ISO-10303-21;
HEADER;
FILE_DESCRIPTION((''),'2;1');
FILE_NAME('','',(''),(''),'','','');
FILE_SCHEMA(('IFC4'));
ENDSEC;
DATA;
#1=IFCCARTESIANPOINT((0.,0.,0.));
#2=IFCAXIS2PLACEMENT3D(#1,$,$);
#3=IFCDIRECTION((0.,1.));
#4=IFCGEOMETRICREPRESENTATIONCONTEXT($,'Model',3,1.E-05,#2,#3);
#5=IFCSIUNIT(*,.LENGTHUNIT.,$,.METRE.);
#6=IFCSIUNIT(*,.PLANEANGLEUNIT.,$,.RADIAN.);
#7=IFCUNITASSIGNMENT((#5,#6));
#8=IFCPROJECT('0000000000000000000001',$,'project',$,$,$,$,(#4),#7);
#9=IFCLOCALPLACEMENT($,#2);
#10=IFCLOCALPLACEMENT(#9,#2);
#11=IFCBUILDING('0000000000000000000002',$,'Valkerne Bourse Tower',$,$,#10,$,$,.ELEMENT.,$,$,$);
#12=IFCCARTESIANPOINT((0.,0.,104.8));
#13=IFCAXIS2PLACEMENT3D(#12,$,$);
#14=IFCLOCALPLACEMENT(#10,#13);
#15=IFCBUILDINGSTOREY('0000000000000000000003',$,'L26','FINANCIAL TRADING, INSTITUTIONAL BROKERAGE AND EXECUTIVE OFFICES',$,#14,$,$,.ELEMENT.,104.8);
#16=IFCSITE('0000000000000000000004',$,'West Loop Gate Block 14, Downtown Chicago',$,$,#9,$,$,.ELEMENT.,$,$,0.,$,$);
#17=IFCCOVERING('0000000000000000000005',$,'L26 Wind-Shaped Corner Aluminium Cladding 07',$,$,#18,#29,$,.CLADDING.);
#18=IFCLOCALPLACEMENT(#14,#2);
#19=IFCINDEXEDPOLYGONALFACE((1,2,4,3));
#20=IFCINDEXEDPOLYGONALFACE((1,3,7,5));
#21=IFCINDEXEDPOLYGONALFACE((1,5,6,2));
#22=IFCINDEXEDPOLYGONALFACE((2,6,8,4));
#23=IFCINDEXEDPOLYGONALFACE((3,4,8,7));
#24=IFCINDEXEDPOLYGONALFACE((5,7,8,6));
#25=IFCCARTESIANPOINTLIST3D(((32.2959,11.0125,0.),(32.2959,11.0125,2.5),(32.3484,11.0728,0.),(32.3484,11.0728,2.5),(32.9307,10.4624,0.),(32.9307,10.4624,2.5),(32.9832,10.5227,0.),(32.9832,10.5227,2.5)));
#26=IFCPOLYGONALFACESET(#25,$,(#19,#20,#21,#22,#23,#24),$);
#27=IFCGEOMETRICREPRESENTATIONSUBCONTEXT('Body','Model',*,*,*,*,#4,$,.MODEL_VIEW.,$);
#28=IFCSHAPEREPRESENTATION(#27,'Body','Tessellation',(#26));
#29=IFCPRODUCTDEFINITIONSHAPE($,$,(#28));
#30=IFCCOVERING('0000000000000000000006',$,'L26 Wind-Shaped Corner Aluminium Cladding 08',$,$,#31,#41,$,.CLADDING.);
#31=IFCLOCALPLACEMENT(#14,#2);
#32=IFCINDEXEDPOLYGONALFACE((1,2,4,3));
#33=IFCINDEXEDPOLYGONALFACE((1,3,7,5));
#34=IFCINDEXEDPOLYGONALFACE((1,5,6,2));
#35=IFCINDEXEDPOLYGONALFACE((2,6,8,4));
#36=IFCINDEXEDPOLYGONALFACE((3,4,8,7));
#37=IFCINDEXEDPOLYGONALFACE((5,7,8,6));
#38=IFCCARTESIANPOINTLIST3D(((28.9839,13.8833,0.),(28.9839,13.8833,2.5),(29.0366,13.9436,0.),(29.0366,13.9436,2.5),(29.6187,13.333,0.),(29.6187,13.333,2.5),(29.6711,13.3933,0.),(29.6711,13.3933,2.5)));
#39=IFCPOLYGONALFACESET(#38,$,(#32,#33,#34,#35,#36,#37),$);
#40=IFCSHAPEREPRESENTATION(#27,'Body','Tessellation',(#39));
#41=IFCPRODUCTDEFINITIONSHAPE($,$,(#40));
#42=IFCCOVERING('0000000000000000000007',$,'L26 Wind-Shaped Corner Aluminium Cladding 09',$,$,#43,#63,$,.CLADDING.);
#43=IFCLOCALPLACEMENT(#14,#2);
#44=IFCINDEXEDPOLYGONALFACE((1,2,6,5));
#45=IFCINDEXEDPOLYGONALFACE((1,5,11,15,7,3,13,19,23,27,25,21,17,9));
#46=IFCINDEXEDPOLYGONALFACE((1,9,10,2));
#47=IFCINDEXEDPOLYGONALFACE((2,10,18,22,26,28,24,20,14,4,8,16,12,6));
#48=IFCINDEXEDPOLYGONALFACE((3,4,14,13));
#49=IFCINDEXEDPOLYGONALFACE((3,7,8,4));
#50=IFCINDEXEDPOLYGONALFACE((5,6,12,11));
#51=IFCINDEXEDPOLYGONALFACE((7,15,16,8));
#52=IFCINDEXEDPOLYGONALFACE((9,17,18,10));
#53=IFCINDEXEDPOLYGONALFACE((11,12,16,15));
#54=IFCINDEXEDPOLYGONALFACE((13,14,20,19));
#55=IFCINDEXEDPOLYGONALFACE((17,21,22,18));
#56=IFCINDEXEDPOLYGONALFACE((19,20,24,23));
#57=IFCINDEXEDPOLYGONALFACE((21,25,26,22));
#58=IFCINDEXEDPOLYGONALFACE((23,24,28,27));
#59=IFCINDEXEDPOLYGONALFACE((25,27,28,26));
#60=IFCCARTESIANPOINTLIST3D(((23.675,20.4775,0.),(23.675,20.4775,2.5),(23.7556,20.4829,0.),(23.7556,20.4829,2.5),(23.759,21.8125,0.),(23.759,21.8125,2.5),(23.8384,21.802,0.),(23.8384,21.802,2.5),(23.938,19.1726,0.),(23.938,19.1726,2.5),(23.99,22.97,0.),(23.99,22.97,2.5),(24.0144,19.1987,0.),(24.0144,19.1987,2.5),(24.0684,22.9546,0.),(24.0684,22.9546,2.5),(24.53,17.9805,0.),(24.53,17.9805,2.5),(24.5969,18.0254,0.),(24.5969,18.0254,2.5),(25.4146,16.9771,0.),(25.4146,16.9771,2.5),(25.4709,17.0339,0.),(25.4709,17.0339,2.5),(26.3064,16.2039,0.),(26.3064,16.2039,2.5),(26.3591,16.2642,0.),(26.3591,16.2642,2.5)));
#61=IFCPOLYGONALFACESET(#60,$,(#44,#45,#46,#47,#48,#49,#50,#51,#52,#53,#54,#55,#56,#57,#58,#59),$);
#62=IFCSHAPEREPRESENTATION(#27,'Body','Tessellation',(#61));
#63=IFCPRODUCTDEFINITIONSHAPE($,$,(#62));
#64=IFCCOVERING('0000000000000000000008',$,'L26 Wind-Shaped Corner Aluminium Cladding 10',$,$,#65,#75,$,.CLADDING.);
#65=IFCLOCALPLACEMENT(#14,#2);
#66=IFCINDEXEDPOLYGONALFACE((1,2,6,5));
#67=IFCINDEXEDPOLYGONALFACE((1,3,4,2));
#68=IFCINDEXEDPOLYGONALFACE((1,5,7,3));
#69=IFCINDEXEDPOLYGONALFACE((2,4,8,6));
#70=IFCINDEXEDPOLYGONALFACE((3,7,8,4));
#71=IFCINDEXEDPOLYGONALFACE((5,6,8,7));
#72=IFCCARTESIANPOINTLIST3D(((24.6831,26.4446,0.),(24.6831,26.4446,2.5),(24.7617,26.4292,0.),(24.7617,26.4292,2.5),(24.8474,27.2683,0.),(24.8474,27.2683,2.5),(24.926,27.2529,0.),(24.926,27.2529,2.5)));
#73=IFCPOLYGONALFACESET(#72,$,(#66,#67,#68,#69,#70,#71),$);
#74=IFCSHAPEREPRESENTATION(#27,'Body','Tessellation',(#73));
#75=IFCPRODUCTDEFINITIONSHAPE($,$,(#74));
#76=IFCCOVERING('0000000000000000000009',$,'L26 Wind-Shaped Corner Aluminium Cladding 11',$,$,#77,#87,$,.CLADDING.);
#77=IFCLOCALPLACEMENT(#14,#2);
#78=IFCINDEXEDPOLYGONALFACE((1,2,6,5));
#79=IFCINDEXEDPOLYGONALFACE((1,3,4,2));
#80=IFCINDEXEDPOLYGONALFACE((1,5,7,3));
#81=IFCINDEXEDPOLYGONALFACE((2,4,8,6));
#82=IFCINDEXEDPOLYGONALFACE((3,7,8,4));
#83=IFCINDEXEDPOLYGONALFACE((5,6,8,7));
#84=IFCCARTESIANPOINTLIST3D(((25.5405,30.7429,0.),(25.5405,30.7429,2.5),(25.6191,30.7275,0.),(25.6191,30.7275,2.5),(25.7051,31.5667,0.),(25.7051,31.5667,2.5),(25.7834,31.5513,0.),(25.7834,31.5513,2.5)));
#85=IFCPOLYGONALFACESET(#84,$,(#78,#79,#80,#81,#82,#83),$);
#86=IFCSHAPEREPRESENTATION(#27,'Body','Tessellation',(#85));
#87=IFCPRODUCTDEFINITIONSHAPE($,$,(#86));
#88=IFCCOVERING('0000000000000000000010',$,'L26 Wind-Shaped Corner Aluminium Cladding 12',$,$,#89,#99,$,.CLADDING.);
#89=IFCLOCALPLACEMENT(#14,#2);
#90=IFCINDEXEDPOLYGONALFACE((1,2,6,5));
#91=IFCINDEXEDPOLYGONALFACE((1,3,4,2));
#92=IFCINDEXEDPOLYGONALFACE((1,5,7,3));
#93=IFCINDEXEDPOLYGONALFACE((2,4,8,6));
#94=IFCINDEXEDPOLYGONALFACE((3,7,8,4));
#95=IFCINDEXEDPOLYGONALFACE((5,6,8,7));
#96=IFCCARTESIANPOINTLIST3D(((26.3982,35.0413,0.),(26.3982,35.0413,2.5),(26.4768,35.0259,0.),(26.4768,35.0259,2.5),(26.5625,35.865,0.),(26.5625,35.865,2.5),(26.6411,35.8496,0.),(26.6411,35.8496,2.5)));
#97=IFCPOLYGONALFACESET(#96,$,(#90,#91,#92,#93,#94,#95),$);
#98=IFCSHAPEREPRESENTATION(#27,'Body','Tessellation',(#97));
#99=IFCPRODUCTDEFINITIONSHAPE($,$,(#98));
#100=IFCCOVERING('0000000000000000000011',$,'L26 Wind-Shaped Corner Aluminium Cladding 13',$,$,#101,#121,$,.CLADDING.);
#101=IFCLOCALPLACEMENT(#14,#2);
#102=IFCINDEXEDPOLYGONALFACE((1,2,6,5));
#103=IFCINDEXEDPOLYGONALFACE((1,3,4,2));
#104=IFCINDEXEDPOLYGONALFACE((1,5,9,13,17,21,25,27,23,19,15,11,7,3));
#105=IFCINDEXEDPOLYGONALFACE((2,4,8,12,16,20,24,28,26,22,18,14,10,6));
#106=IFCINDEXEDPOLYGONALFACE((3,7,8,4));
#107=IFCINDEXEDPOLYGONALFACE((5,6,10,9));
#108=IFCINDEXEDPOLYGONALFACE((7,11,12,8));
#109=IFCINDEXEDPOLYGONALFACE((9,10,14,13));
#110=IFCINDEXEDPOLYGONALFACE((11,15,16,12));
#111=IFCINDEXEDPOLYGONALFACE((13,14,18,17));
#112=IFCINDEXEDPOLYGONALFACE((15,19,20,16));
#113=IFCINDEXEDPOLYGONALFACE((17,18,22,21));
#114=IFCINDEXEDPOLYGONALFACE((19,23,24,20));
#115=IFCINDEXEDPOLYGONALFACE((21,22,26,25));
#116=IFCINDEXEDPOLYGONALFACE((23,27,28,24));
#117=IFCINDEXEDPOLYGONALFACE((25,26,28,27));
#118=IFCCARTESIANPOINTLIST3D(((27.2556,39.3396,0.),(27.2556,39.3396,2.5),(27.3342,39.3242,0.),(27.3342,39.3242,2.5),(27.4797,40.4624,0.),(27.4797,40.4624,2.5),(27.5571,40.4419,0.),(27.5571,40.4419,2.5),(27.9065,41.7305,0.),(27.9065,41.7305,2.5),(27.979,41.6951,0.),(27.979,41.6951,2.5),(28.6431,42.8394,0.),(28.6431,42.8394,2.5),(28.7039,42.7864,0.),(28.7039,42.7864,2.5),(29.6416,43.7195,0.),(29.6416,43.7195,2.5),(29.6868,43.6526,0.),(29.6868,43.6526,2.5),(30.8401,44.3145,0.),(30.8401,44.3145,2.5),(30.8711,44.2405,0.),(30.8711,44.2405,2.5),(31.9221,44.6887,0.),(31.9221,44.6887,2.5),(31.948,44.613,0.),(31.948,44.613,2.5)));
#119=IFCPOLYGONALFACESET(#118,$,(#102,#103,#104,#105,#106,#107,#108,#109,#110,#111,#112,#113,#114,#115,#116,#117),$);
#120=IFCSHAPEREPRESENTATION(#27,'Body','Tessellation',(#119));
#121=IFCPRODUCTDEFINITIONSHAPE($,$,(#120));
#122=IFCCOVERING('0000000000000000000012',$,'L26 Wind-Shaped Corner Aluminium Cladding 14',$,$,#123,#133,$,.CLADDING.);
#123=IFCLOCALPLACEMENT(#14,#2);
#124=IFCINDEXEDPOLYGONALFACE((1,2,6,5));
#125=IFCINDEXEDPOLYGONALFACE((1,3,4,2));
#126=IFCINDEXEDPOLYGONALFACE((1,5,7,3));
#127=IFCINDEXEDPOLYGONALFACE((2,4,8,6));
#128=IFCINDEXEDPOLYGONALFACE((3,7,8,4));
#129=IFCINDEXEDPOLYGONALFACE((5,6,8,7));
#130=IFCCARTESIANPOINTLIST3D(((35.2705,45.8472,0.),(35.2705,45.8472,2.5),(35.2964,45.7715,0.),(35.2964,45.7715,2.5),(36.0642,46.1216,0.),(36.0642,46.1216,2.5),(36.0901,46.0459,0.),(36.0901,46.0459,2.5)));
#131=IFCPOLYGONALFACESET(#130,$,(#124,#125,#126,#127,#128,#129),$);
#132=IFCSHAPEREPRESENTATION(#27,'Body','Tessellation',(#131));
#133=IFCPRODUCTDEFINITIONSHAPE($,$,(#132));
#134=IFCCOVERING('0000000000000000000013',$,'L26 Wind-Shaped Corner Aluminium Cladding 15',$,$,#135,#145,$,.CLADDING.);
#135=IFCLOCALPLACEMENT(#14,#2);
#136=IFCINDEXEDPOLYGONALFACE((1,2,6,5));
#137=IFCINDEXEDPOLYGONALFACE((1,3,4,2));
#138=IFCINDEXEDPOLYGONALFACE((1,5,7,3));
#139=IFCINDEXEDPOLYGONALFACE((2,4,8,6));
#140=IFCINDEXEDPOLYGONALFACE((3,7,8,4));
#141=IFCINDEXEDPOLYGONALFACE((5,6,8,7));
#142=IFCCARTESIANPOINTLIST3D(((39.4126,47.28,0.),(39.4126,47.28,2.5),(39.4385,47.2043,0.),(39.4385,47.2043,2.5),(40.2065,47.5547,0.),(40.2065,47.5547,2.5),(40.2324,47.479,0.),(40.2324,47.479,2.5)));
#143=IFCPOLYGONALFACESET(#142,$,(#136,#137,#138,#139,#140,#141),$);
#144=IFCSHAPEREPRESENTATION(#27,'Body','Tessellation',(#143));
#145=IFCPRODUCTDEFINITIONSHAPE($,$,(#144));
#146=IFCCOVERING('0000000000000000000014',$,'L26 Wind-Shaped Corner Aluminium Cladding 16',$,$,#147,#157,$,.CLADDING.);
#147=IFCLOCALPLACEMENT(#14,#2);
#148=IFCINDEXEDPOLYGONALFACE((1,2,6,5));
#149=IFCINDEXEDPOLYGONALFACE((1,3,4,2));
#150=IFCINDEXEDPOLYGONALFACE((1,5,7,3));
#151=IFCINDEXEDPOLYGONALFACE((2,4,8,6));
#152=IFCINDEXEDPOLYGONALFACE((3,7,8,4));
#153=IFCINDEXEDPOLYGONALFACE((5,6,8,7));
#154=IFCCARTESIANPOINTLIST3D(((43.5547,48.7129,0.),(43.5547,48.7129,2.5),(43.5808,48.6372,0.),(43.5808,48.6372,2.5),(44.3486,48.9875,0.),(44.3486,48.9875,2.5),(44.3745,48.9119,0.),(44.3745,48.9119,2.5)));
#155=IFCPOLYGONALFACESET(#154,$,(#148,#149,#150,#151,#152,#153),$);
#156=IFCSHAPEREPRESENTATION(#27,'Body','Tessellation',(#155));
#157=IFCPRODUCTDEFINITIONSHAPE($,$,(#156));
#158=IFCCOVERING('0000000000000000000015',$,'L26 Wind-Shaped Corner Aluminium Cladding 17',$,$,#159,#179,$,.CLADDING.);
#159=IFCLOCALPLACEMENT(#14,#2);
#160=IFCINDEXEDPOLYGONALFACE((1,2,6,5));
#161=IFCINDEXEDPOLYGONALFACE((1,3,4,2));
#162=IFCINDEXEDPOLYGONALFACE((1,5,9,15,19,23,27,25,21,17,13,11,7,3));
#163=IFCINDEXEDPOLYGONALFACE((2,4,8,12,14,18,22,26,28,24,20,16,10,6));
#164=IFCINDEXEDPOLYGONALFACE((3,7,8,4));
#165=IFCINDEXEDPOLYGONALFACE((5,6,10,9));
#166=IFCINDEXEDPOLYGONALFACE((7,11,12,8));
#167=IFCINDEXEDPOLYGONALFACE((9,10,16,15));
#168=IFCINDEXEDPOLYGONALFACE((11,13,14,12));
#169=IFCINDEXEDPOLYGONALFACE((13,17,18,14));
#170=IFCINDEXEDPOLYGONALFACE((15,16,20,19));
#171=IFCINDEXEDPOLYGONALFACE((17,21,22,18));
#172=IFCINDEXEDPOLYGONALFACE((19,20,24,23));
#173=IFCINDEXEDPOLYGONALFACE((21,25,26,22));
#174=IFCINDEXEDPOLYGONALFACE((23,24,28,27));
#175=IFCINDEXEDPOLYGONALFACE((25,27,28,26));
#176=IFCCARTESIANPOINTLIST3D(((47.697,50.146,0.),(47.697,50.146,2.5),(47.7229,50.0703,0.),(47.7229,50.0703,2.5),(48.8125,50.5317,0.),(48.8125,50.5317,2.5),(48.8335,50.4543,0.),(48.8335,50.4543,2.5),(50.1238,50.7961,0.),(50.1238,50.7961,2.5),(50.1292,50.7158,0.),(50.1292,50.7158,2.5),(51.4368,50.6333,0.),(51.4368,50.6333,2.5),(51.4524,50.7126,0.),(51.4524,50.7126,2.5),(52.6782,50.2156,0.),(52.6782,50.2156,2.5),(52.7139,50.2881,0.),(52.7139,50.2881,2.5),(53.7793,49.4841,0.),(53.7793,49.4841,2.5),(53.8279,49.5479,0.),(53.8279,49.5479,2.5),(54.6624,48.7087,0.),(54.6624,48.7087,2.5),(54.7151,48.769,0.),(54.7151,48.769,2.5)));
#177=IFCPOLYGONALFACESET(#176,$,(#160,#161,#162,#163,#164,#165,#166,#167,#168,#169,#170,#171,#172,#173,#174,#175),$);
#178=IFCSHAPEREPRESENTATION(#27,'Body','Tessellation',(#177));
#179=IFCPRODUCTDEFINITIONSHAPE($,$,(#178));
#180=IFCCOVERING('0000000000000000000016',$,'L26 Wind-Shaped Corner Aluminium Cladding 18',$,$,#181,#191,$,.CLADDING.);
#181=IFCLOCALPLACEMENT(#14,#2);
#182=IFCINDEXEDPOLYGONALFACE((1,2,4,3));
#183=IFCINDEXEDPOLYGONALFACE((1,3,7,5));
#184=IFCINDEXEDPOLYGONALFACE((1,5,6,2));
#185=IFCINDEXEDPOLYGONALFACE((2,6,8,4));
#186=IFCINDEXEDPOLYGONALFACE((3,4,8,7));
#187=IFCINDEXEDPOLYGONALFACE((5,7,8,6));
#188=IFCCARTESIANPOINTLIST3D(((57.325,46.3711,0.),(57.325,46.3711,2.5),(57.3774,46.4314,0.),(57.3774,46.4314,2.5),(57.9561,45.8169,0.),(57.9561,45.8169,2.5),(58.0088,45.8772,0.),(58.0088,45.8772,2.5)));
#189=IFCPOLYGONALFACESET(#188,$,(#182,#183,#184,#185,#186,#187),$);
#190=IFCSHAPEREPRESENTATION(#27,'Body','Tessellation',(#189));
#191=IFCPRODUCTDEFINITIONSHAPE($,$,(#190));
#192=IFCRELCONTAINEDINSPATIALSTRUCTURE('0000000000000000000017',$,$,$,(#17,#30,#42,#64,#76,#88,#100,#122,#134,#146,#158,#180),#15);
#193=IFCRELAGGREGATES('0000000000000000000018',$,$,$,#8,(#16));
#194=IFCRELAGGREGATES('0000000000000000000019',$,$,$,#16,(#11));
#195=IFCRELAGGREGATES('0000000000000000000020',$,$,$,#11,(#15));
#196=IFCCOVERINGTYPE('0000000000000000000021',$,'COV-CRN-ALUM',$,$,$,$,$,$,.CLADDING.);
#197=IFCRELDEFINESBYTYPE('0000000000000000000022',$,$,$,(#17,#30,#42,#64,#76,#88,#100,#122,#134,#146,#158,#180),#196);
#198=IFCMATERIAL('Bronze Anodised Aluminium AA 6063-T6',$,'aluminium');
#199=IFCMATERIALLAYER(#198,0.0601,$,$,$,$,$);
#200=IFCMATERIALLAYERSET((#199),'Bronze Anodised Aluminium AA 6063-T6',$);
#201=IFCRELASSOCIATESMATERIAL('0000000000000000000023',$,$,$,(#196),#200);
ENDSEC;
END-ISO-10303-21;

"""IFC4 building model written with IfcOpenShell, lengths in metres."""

from ifc_helpers import new_model, si_unit, direction, frame, origin, place, context, subcontext, project, spatial, polyline, outline, extrude, material, layer, layer_set, type_object, element, save


model = new_model("IFC4")

# Units and contexts
model_context = context("Model", 3, precision=1e-05, world=origin(), true_north=direction((0.0, 1.0)))
body_context = subcontext(model_context, "Body", "Model", "MODEL_VIEW")
ifc_project = project(units=[si_unit("LENGTHUNIT", "METRE"), si_unit("PLANEANGLEUNIT", "RADIAN")], contexts=[model_context])

# Site, building, storey
site_placement = place(None, origin())
site = spatial("IfcSite", under=ifc_project, at=site_placement, Name="West Loop Gate Block 14, Downtown Chicago", CompositionType="ELEMENT", RefElevation=0.0)
building_placement = place(site_placement, origin())
building = spatial("IfcBuilding", under=site, at=building_placement, Name="Valkerne Bourse Tower", CompositionType="ELEMENT")
storey_placement = place(building_placement, frame((0.0, 0.0, 104.8)))
storey = spatial("IfcBuildingStorey", under=building, at=storey_placement, Name="L26", Description="FINANCIAL TRADING, INSTITUTIONAL BROKERAGE AND EXECUTIVE OFFICES", CompositionType="ELEMENT", Elevation=104.8)

# Coverings
ifc_material_1 = material(Name="Bronze Anodised Aluminium AA 6063-T6", Category="aluminium")
ifc_layer_1 = layer(ifc_material_1, 0.0601)
ifc_layer_set_1 = layer_set([ifc_layer_1], Name="Bronze Anodised Aluminium AA 6063-T6")
covering_type = type_object("IfcCoveringType", Name="COV-CRN-ALUM", PredefinedType="CLADDING", material=ifc_layer_set_1)
covering_1_placement = place(storey_placement, origin())
element("IfcCovering", 1, at=covering_1_placement, inside=storey, type_object=covering_type, Name="L26 Wind-Shaped Corner Aluminium Cladding 07", PredefinedType="CLADDING", context=body_context, shape_type="SweptSolid", body=[
    extrude(outline(polyline([(32.2959, 11.0125), (32.3484, 11.0728), (32.9832, 10.5227), (32.9307, 10.4624), (32.2959, 11.0125)])), origin(), (0.0, 0.0, 1.0), 2.5),
])
covering_2_placement = place(storey_placement, origin())
element("IfcCovering", 2, at=covering_2_placement, inside=storey, type_object=covering_type, Name="L26 Wind-Shaped Corner Aluminium Cladding 08", PredefinedType="CLADDING", context=body_context, shape_type="SweptSolid", body=[
    extrude(outline(polyline([(28.9839, 13.8833), (29.0366, 13.9436), (29.6711, 13.3933), (29.6187, 13.333), (28.9839, 13.8833)])), origin(), (0.0, 0.0, 1.0), 2.5),
])
covering_3_placement = place(storey_placement, origin())
element("IfcCovering", 3, at=covering_3_placement, inside=storey, type_object=covering_type, Name="L26 Wind-Shaped Corner Aluminium Cladding 09", PredefinedType="CLADDING", context=body_context, shape_type="SweptSolid", body=[
    extrude(outline(polyline([(25.4146, 16.9771), (24.53, 17.9805), (23.938, 19.1726), (23.675, 20.4775), (23.759, 21.8125), (23.99, 22.97), (24.0684, 22.9546), (23.8384, 21.802), (23.7556, 20.4829), (24.0144, 19.1987), (24.5969, 18.0254), (25.4709, 17.0339), (26.3591, 16.2642), (26.3064, 16.2039), (25.4146, 16.9771)])), origin(), (0.0, 0.0, 1.0), 2.5),
])
covering_4_placement = place(storey_placement, origin())
element("IfcCovering", 4, at=covering_4_placement, inside=storey, type_object=covering_type, Name="L26 Wind-Shaped Corner Aluminium Cladding 10", PredefinedType="CLADDING", context=body_context, shape_type="SweptSolid", body=[
    extrude(outline(polyline([(24.8474, 27.2683), (24.926, 27.2529), (24.7617, 26.4292), (24.6831, 26.4446), (24.8474, 27.2683)])), origin(), (0.0, 0.0, 1.0), 2.5),
])
covering_5_placement = place(storey_placement, origin())
element("IfcCovering", 5, at=covering_5_placement, inside=storey, type_object=covering_type, Name="L26 Wind-Shaped Corner Aluminium Cladding 11", PredefinedType="CLADDING", context=body_context, shape_type="SweptSolid", body=[
    extrude(outline(polyline([(25.7051, 31.5667), (25.7834, 31.5513), (25.6191, 30.7275), (25.5405, 30.7429), (25.7051, 31.5667)])), origin(), (0.0, 0.0, 1.0), 2.5),
])
covering_6_placement = place(storey_placement, origin())
element("IfcCovering", 6, at=covering_6_placement, inside=storey, type_object=covering_type, Name="L26 Wind-Shaped Corner Aluminium Cladding 12", PredefinedType="CLADDING", context=body_context, shape_type="SweptSolid", body=[
    extrude(outline(polyline([(26.5625, 35.865), (26.6411, 35.8496), (26.4768, 35.0259), (26.3982, 35.0413), (26.5625, 35.865)])), origin(), (0.0, 0.0, 1.0), 2.5),
])
covering_7_placement = place(storey_placement, origin())
element("IfcCovering", 7, at=covering_7_placement, inside=storey, type_object=covering_type, Name="L26 Wind-Shaped Corner Aluminium Cladding 13", PredefinedType="CLADDING", context=body_context, shape_type="SweptSolid", body=[
    extrude(outline(polyline([(27.4797, 40.4624), (27.9065, 41.7305), (28.6431, 42.8394), (29.6416, 43.7195), (30.8401, 44.3145), (31.9221, 44.6887), (31.948, 44.613), (30.8711, 44.2405), (29.6868, 43.6526), (28.7039, 42.7864), (27.979, 41.6951), (27.5571, 40.4419), (27.3342, 39.3242), (27.2556, 39.3396), (27.4797, 40.4624)])), origin(), (0.0, 0.0, 1.0), 2.5),
])
covering_8_placement = place(storey_placement, origin())
element("IfcCovering", 8, at=covering_8_placement, inside=storey, type_object=covering_type, Name="L26 Wind-Shaped Corner Aluminium Cladding 14", PredefinedType="CLADDING", context=body_context, shape_type="SweptSolid", body=[
    extrude(outline(polyline([(36.0642, 46.1216), (36.0901, 46.0459), (35.2964, 45.7715), (35.2705, 45.8472), (36.0642, 46.1216)])), origin(), (0.0, 0.0, 1.0), 2.5),
])
covering_9_placement = place(storey_placement, origin())
element("IfcCovering", 9, at=covering_9_placement, inside=storey, type_object=covering_type, Name="L26 Wind-Shaped Corner Aluminium Cladding 15", PredefinedType="CLADDING", context=body_context, shape_type="SweptSolid", body=[
    extrude(outline(polyline([(40.2065, 47.5547), (40.2324, 47.479), (39.4385, 47.2043), (39.4126, 47.28), (40.2065, 47.5547)])), origin(), (0.0, 0.0, 1.0), 2.5),
])
covering_10_placement = place(storey_placement, origin())
element("IfcCovering", 10, at=covering_10_placement, inside=storey, type_object=covering_type, Name="L26 Wind-Shaped Corner Aluminium Cladding 16", PredefinedType="CLADDING", context=body_context, shape_type="SweptSolid", body=[
    extrude(outline(polyline([(44.3486, 48.9875), (44.3745, 48.9119), (43.5808, 48.6372), (43.5547, 48.7129), (44.3486, 48.9875)])), origin(), (0.0, 0.0, 1.0), 2.5),
])
covering_11_placement = place(storey_placement, origin())
element("IfcCovering", 11, at=covering_11_placement, inside=storey, type_object=covering_type, Name="L26 Wind-Shaped Corner Aluminium Cladding 17", PredefinedType="CLADDING", context=body_context, shape_type="SweptSolid", body=[
    extrude(outline(polyline([(48.8125, 50.5317), (50.1238, 50.7961), (51.4524, 50.7126), (52.7139, 50.2881), (53.8279, 49.5479), (54.7151, 48.769), (54.6624, 48.7087), (53.7793, 49.4841), (52.6782, 50.2156), (51.4368, 50.6333), (50.1292, 50.7158), (48.8335, 50.4543), (47.7229, 50.0703), (47.697, 50.146), (48.8125, 50.5317)])), origin(), (0.0, 0.0, 1.0), 2.5),
])
covering_12_placement = place(storey_placement, origin())
element("IfcCovering", 12, at=covering_12_placement, inside=storey, type_object=covering_type, Name="L26 Wind-Shaped Corner Aluminium Cladding 18", PredefinedType="CLADDING", context=body_context, shape_type="SweptSolid", body=[
    extrude(outline(polyline([(58.0088, 45.8772), (57.9561, 45.8169), (57.325, 46.3711), (57.3774, 46.4314), (58.0088, 45.8772)])), origin(), (0.0, 0.0, 1.0), 2.5),
])

save(model, "model.ifc")
